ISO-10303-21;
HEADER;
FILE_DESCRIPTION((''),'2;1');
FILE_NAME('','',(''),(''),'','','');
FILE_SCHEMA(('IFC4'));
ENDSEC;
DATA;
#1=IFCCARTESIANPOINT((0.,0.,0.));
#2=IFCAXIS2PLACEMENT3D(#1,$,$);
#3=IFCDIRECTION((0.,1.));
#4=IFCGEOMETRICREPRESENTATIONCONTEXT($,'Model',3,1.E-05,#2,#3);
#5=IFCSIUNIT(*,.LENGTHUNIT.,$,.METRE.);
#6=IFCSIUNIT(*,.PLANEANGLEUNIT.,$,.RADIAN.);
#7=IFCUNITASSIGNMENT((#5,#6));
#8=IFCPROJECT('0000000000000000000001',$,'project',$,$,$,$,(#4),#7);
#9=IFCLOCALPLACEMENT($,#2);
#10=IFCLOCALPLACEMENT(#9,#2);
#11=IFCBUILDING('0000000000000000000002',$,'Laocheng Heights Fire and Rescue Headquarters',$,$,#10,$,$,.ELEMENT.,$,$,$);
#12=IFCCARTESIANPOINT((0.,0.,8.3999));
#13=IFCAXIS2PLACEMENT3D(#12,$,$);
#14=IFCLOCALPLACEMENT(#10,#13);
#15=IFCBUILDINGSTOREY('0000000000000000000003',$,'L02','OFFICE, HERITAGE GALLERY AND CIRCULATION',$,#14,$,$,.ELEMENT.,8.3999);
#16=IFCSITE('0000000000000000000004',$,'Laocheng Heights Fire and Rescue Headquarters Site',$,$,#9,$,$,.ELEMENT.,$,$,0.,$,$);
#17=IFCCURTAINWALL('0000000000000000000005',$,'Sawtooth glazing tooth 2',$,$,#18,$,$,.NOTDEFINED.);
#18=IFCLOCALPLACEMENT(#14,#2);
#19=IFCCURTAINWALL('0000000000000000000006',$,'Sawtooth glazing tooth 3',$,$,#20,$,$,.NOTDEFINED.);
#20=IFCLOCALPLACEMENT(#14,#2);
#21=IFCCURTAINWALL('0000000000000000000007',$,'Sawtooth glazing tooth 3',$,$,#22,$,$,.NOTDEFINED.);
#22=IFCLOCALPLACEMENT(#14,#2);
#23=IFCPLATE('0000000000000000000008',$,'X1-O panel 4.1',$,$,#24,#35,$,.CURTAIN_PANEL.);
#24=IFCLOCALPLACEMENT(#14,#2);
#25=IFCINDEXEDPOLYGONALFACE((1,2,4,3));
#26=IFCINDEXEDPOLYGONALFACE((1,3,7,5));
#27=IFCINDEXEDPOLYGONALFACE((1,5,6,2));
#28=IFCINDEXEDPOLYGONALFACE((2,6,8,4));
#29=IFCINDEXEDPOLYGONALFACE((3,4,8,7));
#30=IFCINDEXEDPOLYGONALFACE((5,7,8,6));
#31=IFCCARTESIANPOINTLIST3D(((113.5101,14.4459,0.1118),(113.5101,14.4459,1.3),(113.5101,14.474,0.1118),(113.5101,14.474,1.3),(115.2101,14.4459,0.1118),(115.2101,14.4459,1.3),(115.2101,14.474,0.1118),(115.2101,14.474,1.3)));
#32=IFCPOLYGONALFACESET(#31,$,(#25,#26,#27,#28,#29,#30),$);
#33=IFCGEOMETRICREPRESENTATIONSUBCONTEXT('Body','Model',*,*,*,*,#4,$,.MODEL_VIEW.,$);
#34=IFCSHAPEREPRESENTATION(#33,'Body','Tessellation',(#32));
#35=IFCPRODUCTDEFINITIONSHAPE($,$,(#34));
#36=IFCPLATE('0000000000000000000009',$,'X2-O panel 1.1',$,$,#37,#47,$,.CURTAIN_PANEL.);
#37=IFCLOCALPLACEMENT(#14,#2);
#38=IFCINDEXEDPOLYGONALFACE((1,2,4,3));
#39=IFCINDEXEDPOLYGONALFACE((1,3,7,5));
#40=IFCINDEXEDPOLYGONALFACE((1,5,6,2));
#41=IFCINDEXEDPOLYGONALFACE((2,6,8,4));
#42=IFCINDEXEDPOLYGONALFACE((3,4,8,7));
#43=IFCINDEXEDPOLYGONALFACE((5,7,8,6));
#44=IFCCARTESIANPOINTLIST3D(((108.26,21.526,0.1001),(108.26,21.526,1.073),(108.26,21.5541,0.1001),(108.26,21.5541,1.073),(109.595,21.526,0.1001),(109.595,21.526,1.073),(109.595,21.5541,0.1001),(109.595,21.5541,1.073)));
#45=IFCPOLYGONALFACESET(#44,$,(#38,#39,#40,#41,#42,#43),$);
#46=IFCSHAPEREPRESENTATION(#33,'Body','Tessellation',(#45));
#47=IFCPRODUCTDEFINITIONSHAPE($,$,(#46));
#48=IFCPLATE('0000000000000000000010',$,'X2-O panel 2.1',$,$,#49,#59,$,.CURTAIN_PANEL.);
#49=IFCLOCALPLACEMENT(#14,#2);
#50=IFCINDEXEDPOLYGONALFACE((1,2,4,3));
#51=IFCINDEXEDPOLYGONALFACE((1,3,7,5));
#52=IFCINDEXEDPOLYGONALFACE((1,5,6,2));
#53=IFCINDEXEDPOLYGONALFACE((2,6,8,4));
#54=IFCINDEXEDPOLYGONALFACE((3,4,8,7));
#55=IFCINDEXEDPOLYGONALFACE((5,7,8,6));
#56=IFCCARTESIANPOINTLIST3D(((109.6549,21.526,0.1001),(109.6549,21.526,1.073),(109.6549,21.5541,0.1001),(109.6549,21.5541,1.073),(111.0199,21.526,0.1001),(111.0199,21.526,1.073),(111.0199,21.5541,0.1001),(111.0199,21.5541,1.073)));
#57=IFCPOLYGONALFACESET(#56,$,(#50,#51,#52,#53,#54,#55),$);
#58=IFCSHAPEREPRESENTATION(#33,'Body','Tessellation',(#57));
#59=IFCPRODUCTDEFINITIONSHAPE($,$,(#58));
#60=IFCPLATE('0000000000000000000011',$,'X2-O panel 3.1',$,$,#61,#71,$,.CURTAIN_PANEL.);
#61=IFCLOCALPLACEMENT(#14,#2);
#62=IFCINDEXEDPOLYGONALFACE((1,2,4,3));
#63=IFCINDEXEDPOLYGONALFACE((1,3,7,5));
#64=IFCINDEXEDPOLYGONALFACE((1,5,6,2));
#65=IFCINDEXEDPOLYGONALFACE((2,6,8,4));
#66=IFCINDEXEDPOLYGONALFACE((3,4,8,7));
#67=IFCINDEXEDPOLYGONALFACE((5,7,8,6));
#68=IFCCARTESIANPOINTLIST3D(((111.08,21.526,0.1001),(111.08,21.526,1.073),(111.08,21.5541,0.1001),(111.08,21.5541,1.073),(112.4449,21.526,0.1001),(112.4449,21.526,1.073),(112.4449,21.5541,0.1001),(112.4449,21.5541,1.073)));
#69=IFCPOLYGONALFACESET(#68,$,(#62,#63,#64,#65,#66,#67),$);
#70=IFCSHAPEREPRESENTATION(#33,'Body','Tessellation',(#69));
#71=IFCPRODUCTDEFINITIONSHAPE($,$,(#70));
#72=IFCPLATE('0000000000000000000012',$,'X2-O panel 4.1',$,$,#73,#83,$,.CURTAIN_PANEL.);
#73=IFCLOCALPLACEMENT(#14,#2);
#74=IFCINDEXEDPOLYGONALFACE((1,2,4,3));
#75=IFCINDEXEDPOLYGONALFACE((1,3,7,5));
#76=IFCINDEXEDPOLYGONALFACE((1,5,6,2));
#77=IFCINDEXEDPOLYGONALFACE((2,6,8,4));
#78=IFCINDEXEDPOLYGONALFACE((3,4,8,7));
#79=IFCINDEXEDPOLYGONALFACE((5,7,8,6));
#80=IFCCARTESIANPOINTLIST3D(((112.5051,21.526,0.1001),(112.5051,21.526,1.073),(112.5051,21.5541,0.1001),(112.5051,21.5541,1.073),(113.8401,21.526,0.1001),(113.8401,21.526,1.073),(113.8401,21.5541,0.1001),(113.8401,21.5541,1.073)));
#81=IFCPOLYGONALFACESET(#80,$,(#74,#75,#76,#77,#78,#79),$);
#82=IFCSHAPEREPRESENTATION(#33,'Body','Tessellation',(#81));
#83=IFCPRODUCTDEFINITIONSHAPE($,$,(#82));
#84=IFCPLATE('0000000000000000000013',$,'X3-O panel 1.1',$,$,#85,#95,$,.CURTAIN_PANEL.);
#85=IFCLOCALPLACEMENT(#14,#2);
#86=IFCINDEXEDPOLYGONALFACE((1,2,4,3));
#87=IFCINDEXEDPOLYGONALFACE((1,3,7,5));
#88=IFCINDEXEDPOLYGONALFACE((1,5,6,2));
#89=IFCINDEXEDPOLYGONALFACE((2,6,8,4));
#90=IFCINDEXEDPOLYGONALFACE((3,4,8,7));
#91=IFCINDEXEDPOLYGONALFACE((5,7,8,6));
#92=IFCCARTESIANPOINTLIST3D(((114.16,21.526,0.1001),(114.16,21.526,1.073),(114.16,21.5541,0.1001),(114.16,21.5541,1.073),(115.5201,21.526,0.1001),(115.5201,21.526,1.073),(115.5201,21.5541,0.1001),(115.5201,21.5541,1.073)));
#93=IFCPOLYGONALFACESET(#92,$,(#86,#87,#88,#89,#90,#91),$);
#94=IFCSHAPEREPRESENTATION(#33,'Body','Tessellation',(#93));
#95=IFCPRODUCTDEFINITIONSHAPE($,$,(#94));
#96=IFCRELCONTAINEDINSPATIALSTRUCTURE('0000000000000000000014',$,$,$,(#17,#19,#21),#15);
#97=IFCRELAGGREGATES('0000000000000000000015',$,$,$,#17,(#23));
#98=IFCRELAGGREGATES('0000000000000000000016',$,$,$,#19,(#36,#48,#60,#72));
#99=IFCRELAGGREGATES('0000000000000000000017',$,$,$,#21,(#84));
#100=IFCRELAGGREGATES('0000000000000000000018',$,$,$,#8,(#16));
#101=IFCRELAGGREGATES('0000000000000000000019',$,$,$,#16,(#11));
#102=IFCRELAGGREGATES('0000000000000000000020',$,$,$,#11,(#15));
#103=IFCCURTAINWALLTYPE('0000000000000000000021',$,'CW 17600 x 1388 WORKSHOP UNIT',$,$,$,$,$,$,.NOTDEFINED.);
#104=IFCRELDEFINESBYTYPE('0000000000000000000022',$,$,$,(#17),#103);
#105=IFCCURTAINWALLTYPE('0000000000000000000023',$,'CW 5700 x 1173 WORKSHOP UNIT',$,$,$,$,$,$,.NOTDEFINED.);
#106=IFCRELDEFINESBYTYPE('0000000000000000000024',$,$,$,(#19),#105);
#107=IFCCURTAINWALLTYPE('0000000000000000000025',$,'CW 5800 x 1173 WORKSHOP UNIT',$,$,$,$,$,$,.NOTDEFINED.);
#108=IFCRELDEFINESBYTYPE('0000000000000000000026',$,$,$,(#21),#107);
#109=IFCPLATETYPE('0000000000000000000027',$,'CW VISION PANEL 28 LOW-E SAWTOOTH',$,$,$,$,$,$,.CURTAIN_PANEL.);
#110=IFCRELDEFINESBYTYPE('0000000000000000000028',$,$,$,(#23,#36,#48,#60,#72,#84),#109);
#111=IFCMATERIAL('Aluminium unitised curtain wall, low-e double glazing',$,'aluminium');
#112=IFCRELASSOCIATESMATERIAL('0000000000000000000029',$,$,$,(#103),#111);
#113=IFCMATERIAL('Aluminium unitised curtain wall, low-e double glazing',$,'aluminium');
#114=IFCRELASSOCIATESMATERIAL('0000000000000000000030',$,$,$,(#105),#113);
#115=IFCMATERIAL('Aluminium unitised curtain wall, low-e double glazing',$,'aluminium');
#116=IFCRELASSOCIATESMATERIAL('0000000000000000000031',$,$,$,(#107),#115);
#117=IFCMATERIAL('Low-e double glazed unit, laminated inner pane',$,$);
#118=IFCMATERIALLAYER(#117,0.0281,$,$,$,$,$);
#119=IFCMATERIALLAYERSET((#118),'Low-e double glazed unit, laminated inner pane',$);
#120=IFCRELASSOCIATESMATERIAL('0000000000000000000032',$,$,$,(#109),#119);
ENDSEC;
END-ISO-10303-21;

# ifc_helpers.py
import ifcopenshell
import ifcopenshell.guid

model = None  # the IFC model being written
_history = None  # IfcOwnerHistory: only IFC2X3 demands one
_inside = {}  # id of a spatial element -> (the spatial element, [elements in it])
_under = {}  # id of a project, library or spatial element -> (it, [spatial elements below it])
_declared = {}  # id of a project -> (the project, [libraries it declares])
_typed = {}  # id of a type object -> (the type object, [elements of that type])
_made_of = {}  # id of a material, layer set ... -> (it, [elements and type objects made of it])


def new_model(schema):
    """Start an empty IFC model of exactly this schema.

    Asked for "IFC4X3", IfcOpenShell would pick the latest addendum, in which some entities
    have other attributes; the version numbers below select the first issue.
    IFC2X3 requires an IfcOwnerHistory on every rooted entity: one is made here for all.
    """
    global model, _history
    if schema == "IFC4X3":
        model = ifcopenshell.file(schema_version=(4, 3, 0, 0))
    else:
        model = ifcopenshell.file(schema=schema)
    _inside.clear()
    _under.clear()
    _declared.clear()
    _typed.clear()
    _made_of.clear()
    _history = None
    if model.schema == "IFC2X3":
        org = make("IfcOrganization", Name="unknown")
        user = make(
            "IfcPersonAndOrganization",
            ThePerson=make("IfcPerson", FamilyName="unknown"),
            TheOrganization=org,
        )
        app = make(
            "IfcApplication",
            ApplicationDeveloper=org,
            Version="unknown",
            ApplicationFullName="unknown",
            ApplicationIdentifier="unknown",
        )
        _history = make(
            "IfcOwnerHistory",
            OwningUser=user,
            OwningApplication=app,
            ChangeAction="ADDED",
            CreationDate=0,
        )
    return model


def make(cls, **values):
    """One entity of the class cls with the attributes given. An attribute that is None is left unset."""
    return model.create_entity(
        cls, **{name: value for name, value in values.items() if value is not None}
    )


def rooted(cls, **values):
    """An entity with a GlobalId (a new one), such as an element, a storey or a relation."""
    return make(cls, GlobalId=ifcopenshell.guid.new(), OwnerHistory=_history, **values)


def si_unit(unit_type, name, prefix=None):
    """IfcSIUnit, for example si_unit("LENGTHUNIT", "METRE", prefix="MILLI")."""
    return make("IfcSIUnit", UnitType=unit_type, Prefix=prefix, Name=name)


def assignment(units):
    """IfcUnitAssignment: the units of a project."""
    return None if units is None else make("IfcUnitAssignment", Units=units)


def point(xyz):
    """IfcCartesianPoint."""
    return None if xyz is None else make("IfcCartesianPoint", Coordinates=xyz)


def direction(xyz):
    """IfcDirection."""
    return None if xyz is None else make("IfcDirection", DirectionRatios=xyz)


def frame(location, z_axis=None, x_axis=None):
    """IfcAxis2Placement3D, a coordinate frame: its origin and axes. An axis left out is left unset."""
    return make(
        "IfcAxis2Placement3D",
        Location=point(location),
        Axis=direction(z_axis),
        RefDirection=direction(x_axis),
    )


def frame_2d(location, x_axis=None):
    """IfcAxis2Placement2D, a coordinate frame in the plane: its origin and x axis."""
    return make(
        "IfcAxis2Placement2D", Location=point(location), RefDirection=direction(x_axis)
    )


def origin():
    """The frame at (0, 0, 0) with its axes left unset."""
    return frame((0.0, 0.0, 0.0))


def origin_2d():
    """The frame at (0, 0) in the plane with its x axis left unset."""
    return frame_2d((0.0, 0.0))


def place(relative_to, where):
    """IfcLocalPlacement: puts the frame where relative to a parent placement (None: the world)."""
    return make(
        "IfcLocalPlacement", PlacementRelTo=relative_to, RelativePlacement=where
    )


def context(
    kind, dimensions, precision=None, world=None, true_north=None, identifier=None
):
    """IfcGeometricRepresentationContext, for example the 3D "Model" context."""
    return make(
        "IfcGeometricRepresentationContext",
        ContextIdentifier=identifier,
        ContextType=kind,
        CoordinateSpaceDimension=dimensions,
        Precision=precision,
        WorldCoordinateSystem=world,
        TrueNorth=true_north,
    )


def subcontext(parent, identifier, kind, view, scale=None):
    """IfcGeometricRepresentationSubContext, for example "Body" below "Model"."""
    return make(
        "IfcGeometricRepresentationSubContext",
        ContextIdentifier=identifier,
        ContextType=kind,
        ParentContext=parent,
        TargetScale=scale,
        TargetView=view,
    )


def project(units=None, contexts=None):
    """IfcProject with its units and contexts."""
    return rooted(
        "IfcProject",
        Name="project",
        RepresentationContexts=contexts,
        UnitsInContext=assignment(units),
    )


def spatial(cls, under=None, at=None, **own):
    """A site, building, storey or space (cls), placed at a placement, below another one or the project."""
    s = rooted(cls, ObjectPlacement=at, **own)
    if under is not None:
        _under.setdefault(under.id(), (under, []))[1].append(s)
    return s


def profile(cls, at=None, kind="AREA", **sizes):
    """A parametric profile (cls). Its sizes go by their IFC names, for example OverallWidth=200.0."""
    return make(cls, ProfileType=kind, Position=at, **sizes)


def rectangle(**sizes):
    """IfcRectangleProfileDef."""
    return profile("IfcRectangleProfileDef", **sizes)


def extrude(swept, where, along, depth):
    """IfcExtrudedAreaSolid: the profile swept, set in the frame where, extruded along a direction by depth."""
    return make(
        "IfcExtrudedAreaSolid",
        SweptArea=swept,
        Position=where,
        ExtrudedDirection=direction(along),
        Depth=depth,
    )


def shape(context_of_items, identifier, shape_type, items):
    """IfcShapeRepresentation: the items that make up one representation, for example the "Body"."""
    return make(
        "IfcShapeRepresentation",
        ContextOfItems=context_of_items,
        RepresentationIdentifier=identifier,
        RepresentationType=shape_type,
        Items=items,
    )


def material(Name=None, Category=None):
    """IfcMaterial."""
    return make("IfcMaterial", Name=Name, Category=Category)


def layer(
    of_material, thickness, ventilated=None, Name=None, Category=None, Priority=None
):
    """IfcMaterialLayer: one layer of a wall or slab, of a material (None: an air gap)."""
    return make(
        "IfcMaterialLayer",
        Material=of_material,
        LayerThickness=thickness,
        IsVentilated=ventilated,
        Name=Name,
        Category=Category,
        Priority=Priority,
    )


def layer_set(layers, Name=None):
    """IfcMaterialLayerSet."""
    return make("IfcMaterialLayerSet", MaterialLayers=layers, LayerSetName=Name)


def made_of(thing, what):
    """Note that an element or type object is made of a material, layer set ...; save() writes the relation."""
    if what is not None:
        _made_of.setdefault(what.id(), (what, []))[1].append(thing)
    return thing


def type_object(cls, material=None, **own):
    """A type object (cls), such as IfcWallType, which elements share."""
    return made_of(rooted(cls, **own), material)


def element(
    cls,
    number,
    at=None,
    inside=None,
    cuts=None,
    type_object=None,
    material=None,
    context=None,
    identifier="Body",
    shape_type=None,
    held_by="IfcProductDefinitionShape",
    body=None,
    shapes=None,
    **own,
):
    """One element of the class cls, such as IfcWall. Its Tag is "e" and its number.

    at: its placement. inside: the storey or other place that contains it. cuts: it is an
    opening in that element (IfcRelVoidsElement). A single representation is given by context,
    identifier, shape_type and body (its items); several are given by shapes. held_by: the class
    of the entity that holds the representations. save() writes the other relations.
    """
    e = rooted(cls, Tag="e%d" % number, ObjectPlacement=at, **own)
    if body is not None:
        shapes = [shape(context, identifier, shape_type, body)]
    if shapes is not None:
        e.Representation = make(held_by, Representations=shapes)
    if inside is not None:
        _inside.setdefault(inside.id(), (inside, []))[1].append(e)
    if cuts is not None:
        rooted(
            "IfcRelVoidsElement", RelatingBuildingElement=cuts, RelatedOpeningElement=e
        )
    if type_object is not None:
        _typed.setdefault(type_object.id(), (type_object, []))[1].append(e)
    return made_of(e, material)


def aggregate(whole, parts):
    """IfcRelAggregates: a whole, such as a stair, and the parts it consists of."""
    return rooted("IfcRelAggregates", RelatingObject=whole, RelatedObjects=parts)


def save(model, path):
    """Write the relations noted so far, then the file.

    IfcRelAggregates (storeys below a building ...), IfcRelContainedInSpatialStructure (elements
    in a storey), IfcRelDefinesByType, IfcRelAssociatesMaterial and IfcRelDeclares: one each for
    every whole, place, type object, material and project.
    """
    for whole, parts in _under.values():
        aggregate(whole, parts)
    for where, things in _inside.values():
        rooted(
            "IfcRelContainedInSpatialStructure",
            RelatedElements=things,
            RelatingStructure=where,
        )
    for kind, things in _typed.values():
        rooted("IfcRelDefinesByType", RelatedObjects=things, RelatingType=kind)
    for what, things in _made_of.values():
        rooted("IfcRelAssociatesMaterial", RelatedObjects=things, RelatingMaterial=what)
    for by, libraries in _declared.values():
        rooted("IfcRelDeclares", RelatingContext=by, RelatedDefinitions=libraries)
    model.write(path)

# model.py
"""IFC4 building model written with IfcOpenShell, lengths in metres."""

from ifc_helpers import new_model, si_unit, direction, frame, origin, origin_2d, place, context, subcontext, project, spatial, rectangle, extrude, material, layer, layer_set, type_object, element, aggregate, save


model = new_model("IFC4")

# Units and contexts
model_context = context("Model", 3, precision=1e-05, world=origin(), true_north=direction((0.0, 1.0)))
body_context = subcontext(model_context, "Body", "Model", "MODEL_VIEW")
ifc_project = project(units=[si_unit("LENGTHUNIT", "METRE"), si_unit("PLANEANGLEUNIT", "RADIAN")], contexts=[model_context])

# Site, building, storey
site_placement = place(None, origin())
site = spatial("IfcSite", under=ifc_project, at=site_placement, Name="Laocheng Heights Fire and Rescue Headquarters Site", CompositionType="ELEMENT", RefElevation=0.0)
building_placement = place(site_placement, origin())
building = spatial("IfcBuilding", under=site, at=building_placement, Name="Laocheng Heights Fire and Rescue Headquarters", CompositionType="ELEMENT")
storey_placement = place(building_placement, frame((0.0, 0.0, 8.3999)))
storey = spatial("IfcBuildingStorey", under=building, at=storey_placement, Name="L02", Description="OFFICE, HERITAGE GALLERY AND CIRCULATION", CompositionType="ELEMENT", Elevation=8.3999)

# Curtain walls
ifc_material_1 = material(Name="Aluminium unitised curtain wall, low-e double glazing", Category="aluminium")
curtain_wall_type_1 = type_object("IfcCurtainWallType", Name="CW 17600 x 1388 WORKSHOP UNIT", PredefinedType="NOTDEFINED", material=ifc_material_1)
curtain_wall_1_placement = place(storey_placement, origin())
curtain_wall_1 = element("IfcCurtainWall", 1, at=curtain_wall_1_placement, inside=storey, type_object=curtain_wall_type_1, Name="Sawtooth glazing tooth 2", PredefinedType="NOTDEFINED")
ifc_material_2 = material(Name="Aluminium unitised curtain wall, low-e double glazing", Category="aluminium")
curtain_wall_type_2 = type_object("IfcCurtainWallType", Name="CW 5700 x 1173 WORKSHOP UNIT", PredefinedType="NOTDEFINED", material=ifc_material_2)
curtain_wall_2_placement = place(storey_placement, origin())
curtain_wall_2 = element("IfcCurtainWall", 2, at=curtain_wall_2_placement, inside=storey, type_object=curtain_wall_type_2, Name="Sawtooth glazing tooth 3", PredefinedType="NOTDEFINED")

# Curtain wall
ifc_material_3 = material(Name="Aluminium unitised curtain wall, low-e double glazing", Category="aluminium")
curtain_wall_type_3 = type_object("IfcCurtainWallType", Name="CW 5800 x 1173 WORKSHOP UNIT", PredefinedType="NOTDEFINED", material=ifc_material_3)
curtain_wall_3_placement = place(storey_placement, origin())
curtain_wall_3 = element("IfcCurtainWall", 3, at=curtain_wall_3_placement, inside=storey, type_object=curtain_wall_type_3, Name="Sawtooth glazing tooth 3", PredefinedType="NOTDEFINED")

# Plates
ifc_material_4 = material(Name="Low-e double glazed unit, laminated inner pane")
ifc_layer = layer(ifc_material_4, 0.0281)
ifc_layer_set = layer_set([ifc_layer], Name="Low-e double glazed unit, laminated inner pane")
plate_type = type_object("IfcPlateType", Name="CW VISION PANEL 28 LOW-E SAWTOOTH", PredefinedType="CURTAIN_PANEL", material=ifc_layer_set)
plate_1_placement = place(storey_placement, frame((114.3601, 14.46, 0.1118), z_axis=(0.0, 0.0, 1.0), x_axis=(1.0, 0.0, 0.0)))
plate_1 = element("IfcPlate", 4, at=plate_1_placement, type_object=plate_type, Name="X1-O panel 4.1", PredefinedType="CURTAIN_PANEL", context=body_context, shape_type="SweptSolid", body=[
    extrude(rectangle(XDim=1.7, YDim=0.0281, at=origin_2d()), origin(), (0.0, 0.0, 1.0), 1.1882),
])
aggregate(curtain_wall_1, [plate_1])
plate_2_placement = place(storey_placement, frame((108.9275, 21.54, 0.1001), z_axis=(0.0, 0.0, 1.0), x_axis=(1.0, 0.0, 0.0)))
plate_2 = element("IfcPlate", 5, at=plate_2_placement, type_object=plate_type, Name="X2-O panel 1.1", PredefinedType="CURTAIN_PANEL", context=body_context, shape_type="SweptSolid", body=[
    extrude(rectangle(XDim=1.335, YDim=0.0281, at=origin_2d()), origin(), (0.0, 0.0, 1.0), 0.9729),
])
plate_3_placement = place(storey_placement, frame((110.3374, 21.54, 0.1001), z_axis=(0.0, 0.0, 1.0), x_axis=(1.0, 0.0, 0.0)))
plate_3 = element("IfcPlate", 6, at=plate_3_placement, type_object=plate_type, Name="X2-O panel 2.1", PredefinedType="CURTAIN_PANEL", context=body_context, shape_type="SweptSolid", body=[
    extrude(rectangle(XDim=1.365, YDim=0.0281, at=origin_2d()), origin(), (0.0, 0.0, 1.0), 0.9729),
])
plate_4_placement = place(storey_placement, frame((111.7625, 21.54, 0.1001), z_axis=(0.0, 0.0, 1.0), x_axis=(1.0, 0.0, 0.0)))
plate_4 = element("IfcPlate", 7, at=plate_4_placement, type_object=plate_type, Name="X2-O panel 3.1", PredefinedType="CURTAIN_PANEL", context=body_context, shape_type="SweptSolid", body=[
    extrude(rectangle(XDim=1.365, YDim=0.0281, at=origin_2d()), origin(), (0.0, 0.0, 1.0), 0.9729),
])
plate_5_placement = place(storey_placement, frame((113.1726, 21.54, 0.1001), z_axis=(0.0, 0.0, 1.0), x_axis=(1.0, 0.0, 0.0)))
plate_5 = element("IfcPlate", 8, at=plate_5_placement, type_object=plate_type, Name="X2-O panel 4.1", PredefinedType="CURTAIN_PANEL", context=body_context, shape_type="SweptSolid", body=[
    extrude(rectangle(XDim=1.335, YDim=0.0281, at=origin_2d()), origin(), (0.0, 0.0, 1.0), 0.9729),
])
aggregate(curtain_wall_2, [plate_2, plate_3, plate_4, plate_5])
plate_6_placement = place(storey_placement, frame((114.8401, 21.54, 0.1001), z_axis=(0.0, 0.0, 1.0), x_axis=(1.0, 0.0, 0.0)))
plate_6 = element("IfcPlate", 9, at=plate_6_placement, type_object=plate_type, Name="X3-O panel 1.1", PredefinedType="CURTAIN_PANEL", context=body_context, shape_type="SweptSolid", body=[
    extrude(rectangle(XDim=1.3601, YDim=0.0281, at=origin_2d()), origin(), (0.0, 0.0, 1.0), 0.9729),
])
aggregate(curtain_wall_3, [plate_6])

save(model, "model.ifc")
